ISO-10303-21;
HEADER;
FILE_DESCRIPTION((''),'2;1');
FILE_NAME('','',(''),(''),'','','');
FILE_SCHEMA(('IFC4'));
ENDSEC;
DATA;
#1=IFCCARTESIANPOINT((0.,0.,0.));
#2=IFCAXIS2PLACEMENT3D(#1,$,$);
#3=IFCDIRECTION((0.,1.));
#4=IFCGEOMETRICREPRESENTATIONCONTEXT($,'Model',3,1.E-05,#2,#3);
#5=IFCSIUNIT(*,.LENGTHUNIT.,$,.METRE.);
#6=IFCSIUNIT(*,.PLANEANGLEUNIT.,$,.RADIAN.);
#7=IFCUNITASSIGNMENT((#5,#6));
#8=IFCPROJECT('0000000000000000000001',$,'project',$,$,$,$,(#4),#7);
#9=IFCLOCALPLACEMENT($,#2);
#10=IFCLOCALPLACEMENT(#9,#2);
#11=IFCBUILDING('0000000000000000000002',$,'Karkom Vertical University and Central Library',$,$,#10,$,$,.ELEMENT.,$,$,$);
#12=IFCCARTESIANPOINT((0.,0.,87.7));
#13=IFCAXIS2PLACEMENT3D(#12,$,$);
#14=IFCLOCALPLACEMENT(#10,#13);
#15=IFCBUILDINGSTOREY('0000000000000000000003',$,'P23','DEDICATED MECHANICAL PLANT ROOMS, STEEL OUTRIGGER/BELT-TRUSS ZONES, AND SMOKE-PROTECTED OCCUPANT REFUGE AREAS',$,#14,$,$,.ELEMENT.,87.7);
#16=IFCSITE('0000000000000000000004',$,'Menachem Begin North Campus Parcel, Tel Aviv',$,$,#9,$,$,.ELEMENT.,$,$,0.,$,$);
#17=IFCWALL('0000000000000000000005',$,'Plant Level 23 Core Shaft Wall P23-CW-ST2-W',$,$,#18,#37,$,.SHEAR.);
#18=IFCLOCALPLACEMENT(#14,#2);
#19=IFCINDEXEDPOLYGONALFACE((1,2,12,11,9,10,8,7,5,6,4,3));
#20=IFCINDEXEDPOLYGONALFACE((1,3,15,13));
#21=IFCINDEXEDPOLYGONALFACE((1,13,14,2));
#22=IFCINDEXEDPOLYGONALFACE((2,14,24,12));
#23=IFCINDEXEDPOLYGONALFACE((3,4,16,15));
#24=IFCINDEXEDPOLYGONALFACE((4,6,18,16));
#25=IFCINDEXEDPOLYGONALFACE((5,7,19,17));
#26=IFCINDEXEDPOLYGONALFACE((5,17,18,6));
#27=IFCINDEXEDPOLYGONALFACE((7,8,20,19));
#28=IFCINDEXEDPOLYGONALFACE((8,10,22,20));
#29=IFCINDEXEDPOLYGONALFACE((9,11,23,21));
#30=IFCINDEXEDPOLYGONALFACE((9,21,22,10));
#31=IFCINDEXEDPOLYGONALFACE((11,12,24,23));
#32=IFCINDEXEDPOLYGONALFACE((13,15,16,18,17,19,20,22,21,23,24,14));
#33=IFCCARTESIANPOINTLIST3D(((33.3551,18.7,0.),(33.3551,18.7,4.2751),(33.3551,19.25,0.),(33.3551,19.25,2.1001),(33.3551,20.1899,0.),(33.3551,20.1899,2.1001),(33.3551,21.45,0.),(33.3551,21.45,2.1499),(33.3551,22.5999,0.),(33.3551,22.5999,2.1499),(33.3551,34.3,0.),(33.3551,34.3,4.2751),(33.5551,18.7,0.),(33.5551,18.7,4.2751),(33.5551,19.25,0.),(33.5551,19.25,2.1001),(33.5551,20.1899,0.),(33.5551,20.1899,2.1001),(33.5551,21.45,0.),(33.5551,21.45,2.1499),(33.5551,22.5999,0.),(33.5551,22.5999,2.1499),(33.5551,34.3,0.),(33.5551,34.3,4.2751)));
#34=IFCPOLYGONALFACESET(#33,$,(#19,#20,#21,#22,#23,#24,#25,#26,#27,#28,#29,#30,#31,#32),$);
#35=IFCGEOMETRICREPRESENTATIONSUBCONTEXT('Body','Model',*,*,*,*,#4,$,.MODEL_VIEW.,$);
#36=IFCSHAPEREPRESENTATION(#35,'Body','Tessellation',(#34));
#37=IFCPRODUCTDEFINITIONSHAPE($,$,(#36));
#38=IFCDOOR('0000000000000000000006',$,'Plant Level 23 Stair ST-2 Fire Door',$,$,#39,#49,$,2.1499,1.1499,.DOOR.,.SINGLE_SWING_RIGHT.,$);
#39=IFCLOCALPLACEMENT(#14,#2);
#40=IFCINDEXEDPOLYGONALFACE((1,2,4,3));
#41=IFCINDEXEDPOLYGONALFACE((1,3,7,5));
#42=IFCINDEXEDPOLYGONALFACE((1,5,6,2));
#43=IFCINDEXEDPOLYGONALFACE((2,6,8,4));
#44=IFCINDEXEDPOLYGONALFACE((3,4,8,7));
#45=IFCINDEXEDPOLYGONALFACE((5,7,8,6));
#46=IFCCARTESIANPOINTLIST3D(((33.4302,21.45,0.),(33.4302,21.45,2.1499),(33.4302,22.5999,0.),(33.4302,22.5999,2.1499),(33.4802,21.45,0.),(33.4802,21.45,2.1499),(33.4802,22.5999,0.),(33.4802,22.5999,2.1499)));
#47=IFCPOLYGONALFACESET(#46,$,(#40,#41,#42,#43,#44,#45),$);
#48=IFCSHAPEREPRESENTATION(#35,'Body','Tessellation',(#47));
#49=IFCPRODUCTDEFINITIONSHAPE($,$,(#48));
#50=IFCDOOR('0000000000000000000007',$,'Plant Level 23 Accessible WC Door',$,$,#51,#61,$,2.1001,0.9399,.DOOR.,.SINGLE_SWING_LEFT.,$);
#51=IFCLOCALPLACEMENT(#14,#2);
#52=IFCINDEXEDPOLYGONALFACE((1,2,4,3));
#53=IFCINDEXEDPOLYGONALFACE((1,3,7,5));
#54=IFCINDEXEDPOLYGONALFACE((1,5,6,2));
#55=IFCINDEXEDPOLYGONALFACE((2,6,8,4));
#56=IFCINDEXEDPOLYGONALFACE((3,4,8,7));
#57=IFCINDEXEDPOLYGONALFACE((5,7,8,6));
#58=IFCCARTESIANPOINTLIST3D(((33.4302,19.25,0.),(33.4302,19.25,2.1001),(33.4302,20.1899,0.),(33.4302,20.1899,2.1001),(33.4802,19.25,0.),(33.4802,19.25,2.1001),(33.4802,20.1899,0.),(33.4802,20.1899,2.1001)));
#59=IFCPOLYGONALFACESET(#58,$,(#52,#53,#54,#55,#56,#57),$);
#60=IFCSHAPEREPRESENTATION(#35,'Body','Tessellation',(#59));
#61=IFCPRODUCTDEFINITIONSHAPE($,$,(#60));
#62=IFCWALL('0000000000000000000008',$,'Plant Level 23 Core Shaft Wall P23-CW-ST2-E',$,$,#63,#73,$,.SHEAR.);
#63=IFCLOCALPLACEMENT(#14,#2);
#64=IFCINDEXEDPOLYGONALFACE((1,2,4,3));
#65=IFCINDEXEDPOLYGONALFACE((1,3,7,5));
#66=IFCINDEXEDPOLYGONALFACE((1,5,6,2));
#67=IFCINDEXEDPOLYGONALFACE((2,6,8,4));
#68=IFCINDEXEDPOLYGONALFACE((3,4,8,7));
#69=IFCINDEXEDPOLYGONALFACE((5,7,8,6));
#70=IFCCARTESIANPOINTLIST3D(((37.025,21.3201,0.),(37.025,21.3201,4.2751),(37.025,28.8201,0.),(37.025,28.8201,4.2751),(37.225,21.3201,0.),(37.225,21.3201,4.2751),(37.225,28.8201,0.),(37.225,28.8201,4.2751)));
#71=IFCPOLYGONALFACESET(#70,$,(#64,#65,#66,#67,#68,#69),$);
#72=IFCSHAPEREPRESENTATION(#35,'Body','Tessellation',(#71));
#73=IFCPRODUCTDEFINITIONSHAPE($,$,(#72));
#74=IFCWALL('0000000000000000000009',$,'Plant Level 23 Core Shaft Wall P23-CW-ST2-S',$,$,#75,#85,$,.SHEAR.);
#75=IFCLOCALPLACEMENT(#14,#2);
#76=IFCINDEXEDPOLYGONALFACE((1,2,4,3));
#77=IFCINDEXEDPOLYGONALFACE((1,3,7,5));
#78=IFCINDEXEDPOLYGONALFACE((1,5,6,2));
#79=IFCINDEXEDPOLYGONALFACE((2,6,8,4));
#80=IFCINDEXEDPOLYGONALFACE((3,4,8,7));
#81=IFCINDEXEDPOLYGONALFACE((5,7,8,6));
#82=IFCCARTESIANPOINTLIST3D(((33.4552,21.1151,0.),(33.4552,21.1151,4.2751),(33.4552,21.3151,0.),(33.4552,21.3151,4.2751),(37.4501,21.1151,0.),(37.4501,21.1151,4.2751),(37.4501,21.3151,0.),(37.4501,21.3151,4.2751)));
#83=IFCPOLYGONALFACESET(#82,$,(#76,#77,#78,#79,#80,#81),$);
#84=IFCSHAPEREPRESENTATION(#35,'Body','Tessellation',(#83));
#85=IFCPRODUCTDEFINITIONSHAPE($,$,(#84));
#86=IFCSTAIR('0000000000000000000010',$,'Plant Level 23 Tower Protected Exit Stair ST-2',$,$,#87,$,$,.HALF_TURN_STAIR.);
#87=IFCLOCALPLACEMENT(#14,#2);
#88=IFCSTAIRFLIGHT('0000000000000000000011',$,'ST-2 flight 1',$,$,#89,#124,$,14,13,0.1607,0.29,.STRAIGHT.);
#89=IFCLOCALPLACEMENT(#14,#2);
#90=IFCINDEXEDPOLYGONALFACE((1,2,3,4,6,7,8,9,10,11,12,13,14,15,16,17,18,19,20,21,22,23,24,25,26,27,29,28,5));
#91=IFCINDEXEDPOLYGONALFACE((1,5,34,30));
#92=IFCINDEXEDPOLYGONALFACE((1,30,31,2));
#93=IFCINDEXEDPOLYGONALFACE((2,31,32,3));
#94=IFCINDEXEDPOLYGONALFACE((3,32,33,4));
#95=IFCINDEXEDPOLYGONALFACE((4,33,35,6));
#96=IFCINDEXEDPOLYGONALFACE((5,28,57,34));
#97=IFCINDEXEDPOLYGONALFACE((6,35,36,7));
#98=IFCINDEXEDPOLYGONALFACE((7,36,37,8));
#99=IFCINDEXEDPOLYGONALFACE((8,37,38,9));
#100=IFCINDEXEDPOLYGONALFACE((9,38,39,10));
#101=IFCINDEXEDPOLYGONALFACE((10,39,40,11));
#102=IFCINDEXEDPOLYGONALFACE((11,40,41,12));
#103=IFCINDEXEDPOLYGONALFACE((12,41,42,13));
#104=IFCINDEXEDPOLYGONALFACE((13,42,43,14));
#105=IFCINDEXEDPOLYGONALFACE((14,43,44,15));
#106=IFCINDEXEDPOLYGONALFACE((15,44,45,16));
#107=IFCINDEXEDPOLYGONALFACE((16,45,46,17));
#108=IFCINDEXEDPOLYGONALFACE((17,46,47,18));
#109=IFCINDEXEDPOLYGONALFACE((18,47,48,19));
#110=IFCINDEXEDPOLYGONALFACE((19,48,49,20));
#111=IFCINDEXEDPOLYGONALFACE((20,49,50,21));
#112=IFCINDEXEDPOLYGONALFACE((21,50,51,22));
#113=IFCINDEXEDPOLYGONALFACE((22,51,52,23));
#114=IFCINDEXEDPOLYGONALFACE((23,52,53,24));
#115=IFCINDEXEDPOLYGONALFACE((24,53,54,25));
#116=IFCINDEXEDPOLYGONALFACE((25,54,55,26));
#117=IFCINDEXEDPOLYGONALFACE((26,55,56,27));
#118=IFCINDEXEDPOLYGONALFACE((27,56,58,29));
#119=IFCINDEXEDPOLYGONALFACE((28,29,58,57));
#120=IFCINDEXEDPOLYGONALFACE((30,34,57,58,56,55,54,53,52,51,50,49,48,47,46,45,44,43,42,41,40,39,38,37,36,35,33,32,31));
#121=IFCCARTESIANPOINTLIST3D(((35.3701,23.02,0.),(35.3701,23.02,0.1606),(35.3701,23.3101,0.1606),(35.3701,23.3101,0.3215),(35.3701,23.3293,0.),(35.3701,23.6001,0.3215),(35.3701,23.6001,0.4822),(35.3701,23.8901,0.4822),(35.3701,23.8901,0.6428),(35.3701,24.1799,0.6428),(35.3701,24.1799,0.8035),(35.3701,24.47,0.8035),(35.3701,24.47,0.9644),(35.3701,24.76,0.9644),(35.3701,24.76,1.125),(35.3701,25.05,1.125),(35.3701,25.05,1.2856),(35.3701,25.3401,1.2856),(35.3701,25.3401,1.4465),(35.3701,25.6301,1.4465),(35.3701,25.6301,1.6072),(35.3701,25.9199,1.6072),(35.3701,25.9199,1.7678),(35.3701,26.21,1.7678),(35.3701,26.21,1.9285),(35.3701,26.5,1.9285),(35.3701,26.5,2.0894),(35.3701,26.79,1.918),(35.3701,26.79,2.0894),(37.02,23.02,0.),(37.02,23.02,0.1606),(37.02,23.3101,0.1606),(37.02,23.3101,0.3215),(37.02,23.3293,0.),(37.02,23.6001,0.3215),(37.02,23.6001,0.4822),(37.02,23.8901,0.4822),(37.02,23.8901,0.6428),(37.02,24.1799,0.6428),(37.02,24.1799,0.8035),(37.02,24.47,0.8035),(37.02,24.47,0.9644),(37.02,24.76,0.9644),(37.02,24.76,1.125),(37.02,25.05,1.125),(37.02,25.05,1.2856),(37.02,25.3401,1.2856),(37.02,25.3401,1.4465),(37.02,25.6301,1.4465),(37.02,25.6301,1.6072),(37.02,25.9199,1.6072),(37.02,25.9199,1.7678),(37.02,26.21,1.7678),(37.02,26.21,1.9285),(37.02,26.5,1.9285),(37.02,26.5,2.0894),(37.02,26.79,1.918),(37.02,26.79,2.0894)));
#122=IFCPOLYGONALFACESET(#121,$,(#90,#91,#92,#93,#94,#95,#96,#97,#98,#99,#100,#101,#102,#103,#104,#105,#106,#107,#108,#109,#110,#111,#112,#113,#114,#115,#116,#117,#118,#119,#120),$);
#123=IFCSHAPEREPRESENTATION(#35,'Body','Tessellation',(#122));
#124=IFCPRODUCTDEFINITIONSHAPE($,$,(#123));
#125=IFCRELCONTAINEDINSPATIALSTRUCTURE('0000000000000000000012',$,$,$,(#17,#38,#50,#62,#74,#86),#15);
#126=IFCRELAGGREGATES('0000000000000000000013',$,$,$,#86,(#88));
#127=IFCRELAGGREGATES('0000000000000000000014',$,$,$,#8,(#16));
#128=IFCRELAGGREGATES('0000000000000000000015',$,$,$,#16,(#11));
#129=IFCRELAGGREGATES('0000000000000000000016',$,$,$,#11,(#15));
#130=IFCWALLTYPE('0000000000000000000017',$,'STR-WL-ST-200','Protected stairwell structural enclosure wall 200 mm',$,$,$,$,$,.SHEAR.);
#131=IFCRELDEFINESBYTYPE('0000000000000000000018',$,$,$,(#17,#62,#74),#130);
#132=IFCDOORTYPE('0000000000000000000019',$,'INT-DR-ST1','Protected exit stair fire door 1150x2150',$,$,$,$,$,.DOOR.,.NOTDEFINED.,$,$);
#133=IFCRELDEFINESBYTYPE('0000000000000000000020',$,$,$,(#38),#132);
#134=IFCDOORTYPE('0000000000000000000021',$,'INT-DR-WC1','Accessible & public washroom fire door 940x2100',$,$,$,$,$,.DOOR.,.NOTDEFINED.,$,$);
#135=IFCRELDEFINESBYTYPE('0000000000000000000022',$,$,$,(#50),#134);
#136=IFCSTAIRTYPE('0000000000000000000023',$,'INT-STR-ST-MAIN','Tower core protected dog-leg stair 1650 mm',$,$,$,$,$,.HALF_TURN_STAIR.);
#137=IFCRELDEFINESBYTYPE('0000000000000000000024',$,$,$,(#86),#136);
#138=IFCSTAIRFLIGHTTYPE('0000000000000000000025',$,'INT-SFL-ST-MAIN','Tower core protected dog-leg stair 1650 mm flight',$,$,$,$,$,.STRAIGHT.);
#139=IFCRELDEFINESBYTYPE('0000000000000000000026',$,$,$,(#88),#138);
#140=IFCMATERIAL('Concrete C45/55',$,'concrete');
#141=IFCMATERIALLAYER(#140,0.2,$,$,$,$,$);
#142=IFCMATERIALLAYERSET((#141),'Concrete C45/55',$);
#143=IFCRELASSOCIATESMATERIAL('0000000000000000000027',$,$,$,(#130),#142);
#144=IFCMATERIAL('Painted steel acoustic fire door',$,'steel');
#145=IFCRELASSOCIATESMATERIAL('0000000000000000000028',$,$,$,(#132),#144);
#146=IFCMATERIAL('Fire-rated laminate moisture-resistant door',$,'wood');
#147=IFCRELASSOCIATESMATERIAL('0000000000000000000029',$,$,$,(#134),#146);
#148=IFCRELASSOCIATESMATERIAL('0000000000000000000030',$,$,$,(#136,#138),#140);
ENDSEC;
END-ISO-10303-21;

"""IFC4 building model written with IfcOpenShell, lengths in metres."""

from ifc_helpers import new_model, si_unit, direction, frame, frame_2d, origin, origin_with_axes, place, context, subcontext, project, spatial, polyline, rectangle, outline, extrude, source, transform, mapped, material, layer, layer_set, type_object, element, fill, aggregate, save


model = new_model("IFC4")

# Units and contexts
model_context = context("Model", 3, precision=1e-05, world=origin(), true_north=direction((0.0, 1.0)))
body_context = subcontext(model_context, "Body", "Model", "MODEL_VIEW")
ifc_project = project(units=[si_unit("LENGTHUNIT", "METRE"), si_unit("PLANEANGLEUNIT", "RADIAN")], contexts=[model_context])

# Site, building, storey
site_placement = place(None, origin())
site = spatial("IfcSite", under=ifc_project, at=site_placement, Name="Menachem Begin North Campus Parcel, Tel Aviv", CompositionType="ELEMENT", RefElevation=0.0)
building_placement = place(site_placement, origin())
building = spatial("IfcBuilding", under=site, at=building_placement, Name="Karkom Vertical University and Central Library", CompositionType="ELEMENT")
storey_placement = place(building_placement, frame((0.0, 0.0, 87.7)))
storey = spatial("IfcBuildingStorey", under=building, at=storey_placement, Name="P23", Description="DEDICATED MECHANICAL PLANT ROOMS, STEEL OUTRIGGER/BELT-TRUSS ZONES, AND SMOKE-PROTECTED OCCUPANT REFUGE AREAS", CompositionType="ELEMENT", Elevation=87.7)

# Shared definitions
ifc_material_1 = material(Name="Concrete C45/55", Category="concrete")

# Wall, openings, doors
ifc_layer_1 = layer(ifc_material_1, 0.2)
ifc_layer_set_1 = layer_set([ifc_layer_1], Name="Concrete C45/55")
wall_type_1 = type_object("IfcWallType", Name="STR-WL-ST-200", Description="Protected stairwell structural enclosure wall 200 mm", PredefinedType="SHEAR", material=ifc_layer_set_1)
wall_1_placement = place(storey_placement, frame((33.4551, 18.7, 0.0), z_axis=(0.0, 0.0, 1.0), x_axis=(0.0, 1.0, 0.0)))
wall_1 = element("IfcWall", 1, at=wall_1_placement, inside=storey, type_object=wall_type_1, Name="Plant Level 23 Core Shaft Wall P23-CW-ST2-W", PredefinedType="SHEAR", context=body_context, shape_type="SweptSolid", body=[
    extrude(rectangle(XDim=15.6001, YDim=0.2, at=frame_2d((7.8, 0.0))), origin(), (0.0, 0.0, 1.0), 4.2751),
])
opening_1_placement = place(wall_1_placement, frame((2.75, 0.0, 0.0)))
opening_1 = element("IfcOpeningElement", 2, at=opening_1_placement, cuts=wall_1, PredefinedType="OPENING", context=body_context, shape_type="SweptSolid", body=[
    extrude(rectangle(XDim=1.1499, YDim=2.1499, at=frame_2d((0.575, 1.075))), frame((0.0, 0.1099, 0.0), z_axis=(0.0, -1.0, 0.0), x_axis=(1.0, 0.0, 0.0)), (0.0, 0.0, 1.0), 0.22),
])
opening_2_placement = place(wall_1_placement, frame((0.55, 0.0, 0.0)))
opening_2 = element("IfcOpeningElement", 3, at=opening_2_placement, cuts=wall_1, PredefinedType="OPENING", context=body_context, shape_type="SweptSolid", body=[
    extrude(rectangle(XDim=0.9399, YDim=2.1001, at=frame_2d((0.47, 1.05))), frame((0.0, 0.1099, 0.0), z_axis=(0.0, -1.0, 0.0), x_axis=(1.0, 0.0, 0.0)), (0.0, 0.0, 1.0), 0.22),
])
ifc_material_2 = material(Name="Painted steel acoustic fire door", Category="steel")
door_type_1 = type_object("IfcDoorType", Name="INT-DR-ST1", Description="Protected exit stair fire door 1150x2150", OperationType="NOTDEFINED", PredefinedType="DOOR", material=ifc_material_2)
shared_shape_1 = source(origin_with_axes(), body_context, "Body", "SweptSolid", [
    extrude(rectangle(XDim=1.1499, YDim=2.1499, at=frame_2d((0.575, 1.075))), frame((0.0, 0.0249, 0.0), z_axis=(0.0, -1.0, 0.0), x_axis=(1.0, 0.0, 0.0)), (0.0, 0.0, 1.0), 0.05),
])
door_1_placement = place(opening_1_placement, origin())
door_1 = element("IfcDoor", 4, at=door_1_placement, inside=storey, type_object=door_type_1, Name="Plant Level 23 Stair ST-2 Fire Door", OperationType="SINGLE_SWING_RIGHT", OverallHeight=2.1499, OverallWidth=1.1499, PredefinedType="DOOR", context=body_context, shape_type="MappedRepresentation", body=[
    mapped(shared_shape_1, transform((0.0, 0.0, 0.0), scale=1.0)),
])
fill(opening_1, door_1)
ifc_material_3 = material(Name="Fire-rated laminate moisture-resistant door", Category="wood")
door_type_2 = type_object("IfcDoorType", Name="INT-DR-WC1", Description="Accessible & public washroom fire door 940x2100", OperationType="NOTDEFINED", PredefinedType="DOOR", material=ifc_material_3)
shared_shape_2 = source(origin_with_axes(), body_context, "Body", "SweptSolid", [
    extrude(rectangle(XDim=0.9399, YDim=2.1001, at=frame_2d((0.47, 1.05))), frame((0.0, 0.0249, 0.0), z_axis=(0.0, -1.0, 0.0), x_axis=(1.0, 0.0, 0.0)), (0.0, 0.0, 1.0), 0.05),
])
door_2_placement = place(opening_2_placement, origin())
door_2 = element("IfcDoor", 5, at=door_2_placement, inside=storey, type_object=door_type_2, Name="Plant Level 23 Accessible WC Door", OperationType="SINGLE_SWING_LEFT", OverallHeight=2.1001, OverallWidth=0.9399, PredefinedType="DOOR", context=body_context, shape_type="MappedRepresentation", body=[
    mapped(shared_shape_2, transform((0.0, 0.0, 0.0), scale=1.0)),
])
fill(opening_2, door_2)

# Walls
wall_2_placement = place(storey_placement, frame((37.125, 21.3201, 0.0), z_axis=(0.0, 0.0, 1.0), x_axis=(0.0, 1.0, 0.0)))
element("IfcWall", 6, at=wall_2_placement, inside=storey, type_object=wall_type_1, Name="Plant Level 23 Core Shaft Wall P23-CW-ST2-E", PredefinedType="SHEAR", context=body_context, shape_type="SweptSolid", body=[
    extrude(rectangle(XDim=7.5, YDim=0.2, at=frame_2d((3.75, 0.0))), origin(), (0.0, 0.0, 1.0), 4.2751),
])
wall_3_placement = place(storey_placement, frame((33.4551, 21.2151, 0.0), z_axis=(0.0, 0.0, 1.0), x_axis=(1.0, 0.0, 0.0)))
element("IfcWall", 7, at=wall_3_placement, inside=storey, type_object=wall_type_1, Name="Plant Level 23 Core Shaft Wall P23-CW-ST2-S", PredefinedType="SHEAR", context=body_context, shape_type="SweptSolid", body=[
    extrude(rectangle(XDim=3.9949, YDim=0.2, at=frame_2d((1.9976, 0.0))), origin(), (0.0, 0.0, 1.0), 4.2751),
])

# Stair, stair flight
stair_type = type_object("IfcStairType", Name="INT-STR-ST-MAIN", Description="Tower core protected dog-leg stair 1650 mm", PredefinedType="HALF_TURN_STAIR", material=ifc_material_1)
stair_placement = place(storey_placement, origin())
stair = element("IfcStair", 8, at=stair_placement, inside=storey, type_object=stair_type, Name="Plant Level 23 Tower Protected Exit Stair ST-2", PredefinedType="HALF_TURN_STAIR")
stair_flight_type = type_object("IfcStairFlightType", Name="INT-SFL-ST-MAIN", Description="Tower core protected dog-leg stair 1650 mm flight", PredefinedType="STRAIGHT", material=ifc_material_1)
stair_flight_placement = place(storey_placement, frame((36.1951, 23.02, 0.0), z_axis=(0.0, 0.0, 1.0), x_axis=(0.0, 1.0, 0.0)))
stair_flight = element("IfcStairFlight", 9, at=stair_flight_placement, type_object=stair_flight_type, Name="ST-2 flight 1", NumberOfRisers=14, NumberOfTreads=13, PredefinedType="STRAIGHT", RiserHeight=0.1607, TreadLength=0.29, context=body_context, shape_type="SweptSolid", body=[
    extrude(outline(polyline([(0.0, 0.0), (0.0, 0.1606), (0.29, 0.1606), (0.29, 0.3215), (0.5801, 0.3215), (0.5801, 0.4822), (0.8701, 0.4822), (0.8701, 0.6428), (1.1599, 0.6428), (1.1599, 0.8035), (1.45, 0.8035), (1.45, 0.9644), (1.74, 0.9644), (1.74, 1.125), (2.03, 1.125), (2.03, 1.2856), (2.3201, 1.2856), (2.3201, 1.4465), (2.6101, 1.4465), (2.6101, 1.6072), (2.8999, 1.6072), (2.8999, 1.7678), (3.1899, 1.7678), (3.1899, 1.9285), (3.48, 1.9285), (3.48, 2.0894), (3.77, 2.0894), (3.77, 2.25), (3.77, 1.918), (0.3093, 0.0), (0.0, 0.0)])), frame((0.0, 0.825, 0.0), z_axis=(0.0, -1.0, 0.0), x_axis=(1.0, 0.0, 0.0)), (0.0, 0.0, 1.0), 1.6499),
])
aggregate(stair, [stair_flight])

save(model, "model.ifc")
